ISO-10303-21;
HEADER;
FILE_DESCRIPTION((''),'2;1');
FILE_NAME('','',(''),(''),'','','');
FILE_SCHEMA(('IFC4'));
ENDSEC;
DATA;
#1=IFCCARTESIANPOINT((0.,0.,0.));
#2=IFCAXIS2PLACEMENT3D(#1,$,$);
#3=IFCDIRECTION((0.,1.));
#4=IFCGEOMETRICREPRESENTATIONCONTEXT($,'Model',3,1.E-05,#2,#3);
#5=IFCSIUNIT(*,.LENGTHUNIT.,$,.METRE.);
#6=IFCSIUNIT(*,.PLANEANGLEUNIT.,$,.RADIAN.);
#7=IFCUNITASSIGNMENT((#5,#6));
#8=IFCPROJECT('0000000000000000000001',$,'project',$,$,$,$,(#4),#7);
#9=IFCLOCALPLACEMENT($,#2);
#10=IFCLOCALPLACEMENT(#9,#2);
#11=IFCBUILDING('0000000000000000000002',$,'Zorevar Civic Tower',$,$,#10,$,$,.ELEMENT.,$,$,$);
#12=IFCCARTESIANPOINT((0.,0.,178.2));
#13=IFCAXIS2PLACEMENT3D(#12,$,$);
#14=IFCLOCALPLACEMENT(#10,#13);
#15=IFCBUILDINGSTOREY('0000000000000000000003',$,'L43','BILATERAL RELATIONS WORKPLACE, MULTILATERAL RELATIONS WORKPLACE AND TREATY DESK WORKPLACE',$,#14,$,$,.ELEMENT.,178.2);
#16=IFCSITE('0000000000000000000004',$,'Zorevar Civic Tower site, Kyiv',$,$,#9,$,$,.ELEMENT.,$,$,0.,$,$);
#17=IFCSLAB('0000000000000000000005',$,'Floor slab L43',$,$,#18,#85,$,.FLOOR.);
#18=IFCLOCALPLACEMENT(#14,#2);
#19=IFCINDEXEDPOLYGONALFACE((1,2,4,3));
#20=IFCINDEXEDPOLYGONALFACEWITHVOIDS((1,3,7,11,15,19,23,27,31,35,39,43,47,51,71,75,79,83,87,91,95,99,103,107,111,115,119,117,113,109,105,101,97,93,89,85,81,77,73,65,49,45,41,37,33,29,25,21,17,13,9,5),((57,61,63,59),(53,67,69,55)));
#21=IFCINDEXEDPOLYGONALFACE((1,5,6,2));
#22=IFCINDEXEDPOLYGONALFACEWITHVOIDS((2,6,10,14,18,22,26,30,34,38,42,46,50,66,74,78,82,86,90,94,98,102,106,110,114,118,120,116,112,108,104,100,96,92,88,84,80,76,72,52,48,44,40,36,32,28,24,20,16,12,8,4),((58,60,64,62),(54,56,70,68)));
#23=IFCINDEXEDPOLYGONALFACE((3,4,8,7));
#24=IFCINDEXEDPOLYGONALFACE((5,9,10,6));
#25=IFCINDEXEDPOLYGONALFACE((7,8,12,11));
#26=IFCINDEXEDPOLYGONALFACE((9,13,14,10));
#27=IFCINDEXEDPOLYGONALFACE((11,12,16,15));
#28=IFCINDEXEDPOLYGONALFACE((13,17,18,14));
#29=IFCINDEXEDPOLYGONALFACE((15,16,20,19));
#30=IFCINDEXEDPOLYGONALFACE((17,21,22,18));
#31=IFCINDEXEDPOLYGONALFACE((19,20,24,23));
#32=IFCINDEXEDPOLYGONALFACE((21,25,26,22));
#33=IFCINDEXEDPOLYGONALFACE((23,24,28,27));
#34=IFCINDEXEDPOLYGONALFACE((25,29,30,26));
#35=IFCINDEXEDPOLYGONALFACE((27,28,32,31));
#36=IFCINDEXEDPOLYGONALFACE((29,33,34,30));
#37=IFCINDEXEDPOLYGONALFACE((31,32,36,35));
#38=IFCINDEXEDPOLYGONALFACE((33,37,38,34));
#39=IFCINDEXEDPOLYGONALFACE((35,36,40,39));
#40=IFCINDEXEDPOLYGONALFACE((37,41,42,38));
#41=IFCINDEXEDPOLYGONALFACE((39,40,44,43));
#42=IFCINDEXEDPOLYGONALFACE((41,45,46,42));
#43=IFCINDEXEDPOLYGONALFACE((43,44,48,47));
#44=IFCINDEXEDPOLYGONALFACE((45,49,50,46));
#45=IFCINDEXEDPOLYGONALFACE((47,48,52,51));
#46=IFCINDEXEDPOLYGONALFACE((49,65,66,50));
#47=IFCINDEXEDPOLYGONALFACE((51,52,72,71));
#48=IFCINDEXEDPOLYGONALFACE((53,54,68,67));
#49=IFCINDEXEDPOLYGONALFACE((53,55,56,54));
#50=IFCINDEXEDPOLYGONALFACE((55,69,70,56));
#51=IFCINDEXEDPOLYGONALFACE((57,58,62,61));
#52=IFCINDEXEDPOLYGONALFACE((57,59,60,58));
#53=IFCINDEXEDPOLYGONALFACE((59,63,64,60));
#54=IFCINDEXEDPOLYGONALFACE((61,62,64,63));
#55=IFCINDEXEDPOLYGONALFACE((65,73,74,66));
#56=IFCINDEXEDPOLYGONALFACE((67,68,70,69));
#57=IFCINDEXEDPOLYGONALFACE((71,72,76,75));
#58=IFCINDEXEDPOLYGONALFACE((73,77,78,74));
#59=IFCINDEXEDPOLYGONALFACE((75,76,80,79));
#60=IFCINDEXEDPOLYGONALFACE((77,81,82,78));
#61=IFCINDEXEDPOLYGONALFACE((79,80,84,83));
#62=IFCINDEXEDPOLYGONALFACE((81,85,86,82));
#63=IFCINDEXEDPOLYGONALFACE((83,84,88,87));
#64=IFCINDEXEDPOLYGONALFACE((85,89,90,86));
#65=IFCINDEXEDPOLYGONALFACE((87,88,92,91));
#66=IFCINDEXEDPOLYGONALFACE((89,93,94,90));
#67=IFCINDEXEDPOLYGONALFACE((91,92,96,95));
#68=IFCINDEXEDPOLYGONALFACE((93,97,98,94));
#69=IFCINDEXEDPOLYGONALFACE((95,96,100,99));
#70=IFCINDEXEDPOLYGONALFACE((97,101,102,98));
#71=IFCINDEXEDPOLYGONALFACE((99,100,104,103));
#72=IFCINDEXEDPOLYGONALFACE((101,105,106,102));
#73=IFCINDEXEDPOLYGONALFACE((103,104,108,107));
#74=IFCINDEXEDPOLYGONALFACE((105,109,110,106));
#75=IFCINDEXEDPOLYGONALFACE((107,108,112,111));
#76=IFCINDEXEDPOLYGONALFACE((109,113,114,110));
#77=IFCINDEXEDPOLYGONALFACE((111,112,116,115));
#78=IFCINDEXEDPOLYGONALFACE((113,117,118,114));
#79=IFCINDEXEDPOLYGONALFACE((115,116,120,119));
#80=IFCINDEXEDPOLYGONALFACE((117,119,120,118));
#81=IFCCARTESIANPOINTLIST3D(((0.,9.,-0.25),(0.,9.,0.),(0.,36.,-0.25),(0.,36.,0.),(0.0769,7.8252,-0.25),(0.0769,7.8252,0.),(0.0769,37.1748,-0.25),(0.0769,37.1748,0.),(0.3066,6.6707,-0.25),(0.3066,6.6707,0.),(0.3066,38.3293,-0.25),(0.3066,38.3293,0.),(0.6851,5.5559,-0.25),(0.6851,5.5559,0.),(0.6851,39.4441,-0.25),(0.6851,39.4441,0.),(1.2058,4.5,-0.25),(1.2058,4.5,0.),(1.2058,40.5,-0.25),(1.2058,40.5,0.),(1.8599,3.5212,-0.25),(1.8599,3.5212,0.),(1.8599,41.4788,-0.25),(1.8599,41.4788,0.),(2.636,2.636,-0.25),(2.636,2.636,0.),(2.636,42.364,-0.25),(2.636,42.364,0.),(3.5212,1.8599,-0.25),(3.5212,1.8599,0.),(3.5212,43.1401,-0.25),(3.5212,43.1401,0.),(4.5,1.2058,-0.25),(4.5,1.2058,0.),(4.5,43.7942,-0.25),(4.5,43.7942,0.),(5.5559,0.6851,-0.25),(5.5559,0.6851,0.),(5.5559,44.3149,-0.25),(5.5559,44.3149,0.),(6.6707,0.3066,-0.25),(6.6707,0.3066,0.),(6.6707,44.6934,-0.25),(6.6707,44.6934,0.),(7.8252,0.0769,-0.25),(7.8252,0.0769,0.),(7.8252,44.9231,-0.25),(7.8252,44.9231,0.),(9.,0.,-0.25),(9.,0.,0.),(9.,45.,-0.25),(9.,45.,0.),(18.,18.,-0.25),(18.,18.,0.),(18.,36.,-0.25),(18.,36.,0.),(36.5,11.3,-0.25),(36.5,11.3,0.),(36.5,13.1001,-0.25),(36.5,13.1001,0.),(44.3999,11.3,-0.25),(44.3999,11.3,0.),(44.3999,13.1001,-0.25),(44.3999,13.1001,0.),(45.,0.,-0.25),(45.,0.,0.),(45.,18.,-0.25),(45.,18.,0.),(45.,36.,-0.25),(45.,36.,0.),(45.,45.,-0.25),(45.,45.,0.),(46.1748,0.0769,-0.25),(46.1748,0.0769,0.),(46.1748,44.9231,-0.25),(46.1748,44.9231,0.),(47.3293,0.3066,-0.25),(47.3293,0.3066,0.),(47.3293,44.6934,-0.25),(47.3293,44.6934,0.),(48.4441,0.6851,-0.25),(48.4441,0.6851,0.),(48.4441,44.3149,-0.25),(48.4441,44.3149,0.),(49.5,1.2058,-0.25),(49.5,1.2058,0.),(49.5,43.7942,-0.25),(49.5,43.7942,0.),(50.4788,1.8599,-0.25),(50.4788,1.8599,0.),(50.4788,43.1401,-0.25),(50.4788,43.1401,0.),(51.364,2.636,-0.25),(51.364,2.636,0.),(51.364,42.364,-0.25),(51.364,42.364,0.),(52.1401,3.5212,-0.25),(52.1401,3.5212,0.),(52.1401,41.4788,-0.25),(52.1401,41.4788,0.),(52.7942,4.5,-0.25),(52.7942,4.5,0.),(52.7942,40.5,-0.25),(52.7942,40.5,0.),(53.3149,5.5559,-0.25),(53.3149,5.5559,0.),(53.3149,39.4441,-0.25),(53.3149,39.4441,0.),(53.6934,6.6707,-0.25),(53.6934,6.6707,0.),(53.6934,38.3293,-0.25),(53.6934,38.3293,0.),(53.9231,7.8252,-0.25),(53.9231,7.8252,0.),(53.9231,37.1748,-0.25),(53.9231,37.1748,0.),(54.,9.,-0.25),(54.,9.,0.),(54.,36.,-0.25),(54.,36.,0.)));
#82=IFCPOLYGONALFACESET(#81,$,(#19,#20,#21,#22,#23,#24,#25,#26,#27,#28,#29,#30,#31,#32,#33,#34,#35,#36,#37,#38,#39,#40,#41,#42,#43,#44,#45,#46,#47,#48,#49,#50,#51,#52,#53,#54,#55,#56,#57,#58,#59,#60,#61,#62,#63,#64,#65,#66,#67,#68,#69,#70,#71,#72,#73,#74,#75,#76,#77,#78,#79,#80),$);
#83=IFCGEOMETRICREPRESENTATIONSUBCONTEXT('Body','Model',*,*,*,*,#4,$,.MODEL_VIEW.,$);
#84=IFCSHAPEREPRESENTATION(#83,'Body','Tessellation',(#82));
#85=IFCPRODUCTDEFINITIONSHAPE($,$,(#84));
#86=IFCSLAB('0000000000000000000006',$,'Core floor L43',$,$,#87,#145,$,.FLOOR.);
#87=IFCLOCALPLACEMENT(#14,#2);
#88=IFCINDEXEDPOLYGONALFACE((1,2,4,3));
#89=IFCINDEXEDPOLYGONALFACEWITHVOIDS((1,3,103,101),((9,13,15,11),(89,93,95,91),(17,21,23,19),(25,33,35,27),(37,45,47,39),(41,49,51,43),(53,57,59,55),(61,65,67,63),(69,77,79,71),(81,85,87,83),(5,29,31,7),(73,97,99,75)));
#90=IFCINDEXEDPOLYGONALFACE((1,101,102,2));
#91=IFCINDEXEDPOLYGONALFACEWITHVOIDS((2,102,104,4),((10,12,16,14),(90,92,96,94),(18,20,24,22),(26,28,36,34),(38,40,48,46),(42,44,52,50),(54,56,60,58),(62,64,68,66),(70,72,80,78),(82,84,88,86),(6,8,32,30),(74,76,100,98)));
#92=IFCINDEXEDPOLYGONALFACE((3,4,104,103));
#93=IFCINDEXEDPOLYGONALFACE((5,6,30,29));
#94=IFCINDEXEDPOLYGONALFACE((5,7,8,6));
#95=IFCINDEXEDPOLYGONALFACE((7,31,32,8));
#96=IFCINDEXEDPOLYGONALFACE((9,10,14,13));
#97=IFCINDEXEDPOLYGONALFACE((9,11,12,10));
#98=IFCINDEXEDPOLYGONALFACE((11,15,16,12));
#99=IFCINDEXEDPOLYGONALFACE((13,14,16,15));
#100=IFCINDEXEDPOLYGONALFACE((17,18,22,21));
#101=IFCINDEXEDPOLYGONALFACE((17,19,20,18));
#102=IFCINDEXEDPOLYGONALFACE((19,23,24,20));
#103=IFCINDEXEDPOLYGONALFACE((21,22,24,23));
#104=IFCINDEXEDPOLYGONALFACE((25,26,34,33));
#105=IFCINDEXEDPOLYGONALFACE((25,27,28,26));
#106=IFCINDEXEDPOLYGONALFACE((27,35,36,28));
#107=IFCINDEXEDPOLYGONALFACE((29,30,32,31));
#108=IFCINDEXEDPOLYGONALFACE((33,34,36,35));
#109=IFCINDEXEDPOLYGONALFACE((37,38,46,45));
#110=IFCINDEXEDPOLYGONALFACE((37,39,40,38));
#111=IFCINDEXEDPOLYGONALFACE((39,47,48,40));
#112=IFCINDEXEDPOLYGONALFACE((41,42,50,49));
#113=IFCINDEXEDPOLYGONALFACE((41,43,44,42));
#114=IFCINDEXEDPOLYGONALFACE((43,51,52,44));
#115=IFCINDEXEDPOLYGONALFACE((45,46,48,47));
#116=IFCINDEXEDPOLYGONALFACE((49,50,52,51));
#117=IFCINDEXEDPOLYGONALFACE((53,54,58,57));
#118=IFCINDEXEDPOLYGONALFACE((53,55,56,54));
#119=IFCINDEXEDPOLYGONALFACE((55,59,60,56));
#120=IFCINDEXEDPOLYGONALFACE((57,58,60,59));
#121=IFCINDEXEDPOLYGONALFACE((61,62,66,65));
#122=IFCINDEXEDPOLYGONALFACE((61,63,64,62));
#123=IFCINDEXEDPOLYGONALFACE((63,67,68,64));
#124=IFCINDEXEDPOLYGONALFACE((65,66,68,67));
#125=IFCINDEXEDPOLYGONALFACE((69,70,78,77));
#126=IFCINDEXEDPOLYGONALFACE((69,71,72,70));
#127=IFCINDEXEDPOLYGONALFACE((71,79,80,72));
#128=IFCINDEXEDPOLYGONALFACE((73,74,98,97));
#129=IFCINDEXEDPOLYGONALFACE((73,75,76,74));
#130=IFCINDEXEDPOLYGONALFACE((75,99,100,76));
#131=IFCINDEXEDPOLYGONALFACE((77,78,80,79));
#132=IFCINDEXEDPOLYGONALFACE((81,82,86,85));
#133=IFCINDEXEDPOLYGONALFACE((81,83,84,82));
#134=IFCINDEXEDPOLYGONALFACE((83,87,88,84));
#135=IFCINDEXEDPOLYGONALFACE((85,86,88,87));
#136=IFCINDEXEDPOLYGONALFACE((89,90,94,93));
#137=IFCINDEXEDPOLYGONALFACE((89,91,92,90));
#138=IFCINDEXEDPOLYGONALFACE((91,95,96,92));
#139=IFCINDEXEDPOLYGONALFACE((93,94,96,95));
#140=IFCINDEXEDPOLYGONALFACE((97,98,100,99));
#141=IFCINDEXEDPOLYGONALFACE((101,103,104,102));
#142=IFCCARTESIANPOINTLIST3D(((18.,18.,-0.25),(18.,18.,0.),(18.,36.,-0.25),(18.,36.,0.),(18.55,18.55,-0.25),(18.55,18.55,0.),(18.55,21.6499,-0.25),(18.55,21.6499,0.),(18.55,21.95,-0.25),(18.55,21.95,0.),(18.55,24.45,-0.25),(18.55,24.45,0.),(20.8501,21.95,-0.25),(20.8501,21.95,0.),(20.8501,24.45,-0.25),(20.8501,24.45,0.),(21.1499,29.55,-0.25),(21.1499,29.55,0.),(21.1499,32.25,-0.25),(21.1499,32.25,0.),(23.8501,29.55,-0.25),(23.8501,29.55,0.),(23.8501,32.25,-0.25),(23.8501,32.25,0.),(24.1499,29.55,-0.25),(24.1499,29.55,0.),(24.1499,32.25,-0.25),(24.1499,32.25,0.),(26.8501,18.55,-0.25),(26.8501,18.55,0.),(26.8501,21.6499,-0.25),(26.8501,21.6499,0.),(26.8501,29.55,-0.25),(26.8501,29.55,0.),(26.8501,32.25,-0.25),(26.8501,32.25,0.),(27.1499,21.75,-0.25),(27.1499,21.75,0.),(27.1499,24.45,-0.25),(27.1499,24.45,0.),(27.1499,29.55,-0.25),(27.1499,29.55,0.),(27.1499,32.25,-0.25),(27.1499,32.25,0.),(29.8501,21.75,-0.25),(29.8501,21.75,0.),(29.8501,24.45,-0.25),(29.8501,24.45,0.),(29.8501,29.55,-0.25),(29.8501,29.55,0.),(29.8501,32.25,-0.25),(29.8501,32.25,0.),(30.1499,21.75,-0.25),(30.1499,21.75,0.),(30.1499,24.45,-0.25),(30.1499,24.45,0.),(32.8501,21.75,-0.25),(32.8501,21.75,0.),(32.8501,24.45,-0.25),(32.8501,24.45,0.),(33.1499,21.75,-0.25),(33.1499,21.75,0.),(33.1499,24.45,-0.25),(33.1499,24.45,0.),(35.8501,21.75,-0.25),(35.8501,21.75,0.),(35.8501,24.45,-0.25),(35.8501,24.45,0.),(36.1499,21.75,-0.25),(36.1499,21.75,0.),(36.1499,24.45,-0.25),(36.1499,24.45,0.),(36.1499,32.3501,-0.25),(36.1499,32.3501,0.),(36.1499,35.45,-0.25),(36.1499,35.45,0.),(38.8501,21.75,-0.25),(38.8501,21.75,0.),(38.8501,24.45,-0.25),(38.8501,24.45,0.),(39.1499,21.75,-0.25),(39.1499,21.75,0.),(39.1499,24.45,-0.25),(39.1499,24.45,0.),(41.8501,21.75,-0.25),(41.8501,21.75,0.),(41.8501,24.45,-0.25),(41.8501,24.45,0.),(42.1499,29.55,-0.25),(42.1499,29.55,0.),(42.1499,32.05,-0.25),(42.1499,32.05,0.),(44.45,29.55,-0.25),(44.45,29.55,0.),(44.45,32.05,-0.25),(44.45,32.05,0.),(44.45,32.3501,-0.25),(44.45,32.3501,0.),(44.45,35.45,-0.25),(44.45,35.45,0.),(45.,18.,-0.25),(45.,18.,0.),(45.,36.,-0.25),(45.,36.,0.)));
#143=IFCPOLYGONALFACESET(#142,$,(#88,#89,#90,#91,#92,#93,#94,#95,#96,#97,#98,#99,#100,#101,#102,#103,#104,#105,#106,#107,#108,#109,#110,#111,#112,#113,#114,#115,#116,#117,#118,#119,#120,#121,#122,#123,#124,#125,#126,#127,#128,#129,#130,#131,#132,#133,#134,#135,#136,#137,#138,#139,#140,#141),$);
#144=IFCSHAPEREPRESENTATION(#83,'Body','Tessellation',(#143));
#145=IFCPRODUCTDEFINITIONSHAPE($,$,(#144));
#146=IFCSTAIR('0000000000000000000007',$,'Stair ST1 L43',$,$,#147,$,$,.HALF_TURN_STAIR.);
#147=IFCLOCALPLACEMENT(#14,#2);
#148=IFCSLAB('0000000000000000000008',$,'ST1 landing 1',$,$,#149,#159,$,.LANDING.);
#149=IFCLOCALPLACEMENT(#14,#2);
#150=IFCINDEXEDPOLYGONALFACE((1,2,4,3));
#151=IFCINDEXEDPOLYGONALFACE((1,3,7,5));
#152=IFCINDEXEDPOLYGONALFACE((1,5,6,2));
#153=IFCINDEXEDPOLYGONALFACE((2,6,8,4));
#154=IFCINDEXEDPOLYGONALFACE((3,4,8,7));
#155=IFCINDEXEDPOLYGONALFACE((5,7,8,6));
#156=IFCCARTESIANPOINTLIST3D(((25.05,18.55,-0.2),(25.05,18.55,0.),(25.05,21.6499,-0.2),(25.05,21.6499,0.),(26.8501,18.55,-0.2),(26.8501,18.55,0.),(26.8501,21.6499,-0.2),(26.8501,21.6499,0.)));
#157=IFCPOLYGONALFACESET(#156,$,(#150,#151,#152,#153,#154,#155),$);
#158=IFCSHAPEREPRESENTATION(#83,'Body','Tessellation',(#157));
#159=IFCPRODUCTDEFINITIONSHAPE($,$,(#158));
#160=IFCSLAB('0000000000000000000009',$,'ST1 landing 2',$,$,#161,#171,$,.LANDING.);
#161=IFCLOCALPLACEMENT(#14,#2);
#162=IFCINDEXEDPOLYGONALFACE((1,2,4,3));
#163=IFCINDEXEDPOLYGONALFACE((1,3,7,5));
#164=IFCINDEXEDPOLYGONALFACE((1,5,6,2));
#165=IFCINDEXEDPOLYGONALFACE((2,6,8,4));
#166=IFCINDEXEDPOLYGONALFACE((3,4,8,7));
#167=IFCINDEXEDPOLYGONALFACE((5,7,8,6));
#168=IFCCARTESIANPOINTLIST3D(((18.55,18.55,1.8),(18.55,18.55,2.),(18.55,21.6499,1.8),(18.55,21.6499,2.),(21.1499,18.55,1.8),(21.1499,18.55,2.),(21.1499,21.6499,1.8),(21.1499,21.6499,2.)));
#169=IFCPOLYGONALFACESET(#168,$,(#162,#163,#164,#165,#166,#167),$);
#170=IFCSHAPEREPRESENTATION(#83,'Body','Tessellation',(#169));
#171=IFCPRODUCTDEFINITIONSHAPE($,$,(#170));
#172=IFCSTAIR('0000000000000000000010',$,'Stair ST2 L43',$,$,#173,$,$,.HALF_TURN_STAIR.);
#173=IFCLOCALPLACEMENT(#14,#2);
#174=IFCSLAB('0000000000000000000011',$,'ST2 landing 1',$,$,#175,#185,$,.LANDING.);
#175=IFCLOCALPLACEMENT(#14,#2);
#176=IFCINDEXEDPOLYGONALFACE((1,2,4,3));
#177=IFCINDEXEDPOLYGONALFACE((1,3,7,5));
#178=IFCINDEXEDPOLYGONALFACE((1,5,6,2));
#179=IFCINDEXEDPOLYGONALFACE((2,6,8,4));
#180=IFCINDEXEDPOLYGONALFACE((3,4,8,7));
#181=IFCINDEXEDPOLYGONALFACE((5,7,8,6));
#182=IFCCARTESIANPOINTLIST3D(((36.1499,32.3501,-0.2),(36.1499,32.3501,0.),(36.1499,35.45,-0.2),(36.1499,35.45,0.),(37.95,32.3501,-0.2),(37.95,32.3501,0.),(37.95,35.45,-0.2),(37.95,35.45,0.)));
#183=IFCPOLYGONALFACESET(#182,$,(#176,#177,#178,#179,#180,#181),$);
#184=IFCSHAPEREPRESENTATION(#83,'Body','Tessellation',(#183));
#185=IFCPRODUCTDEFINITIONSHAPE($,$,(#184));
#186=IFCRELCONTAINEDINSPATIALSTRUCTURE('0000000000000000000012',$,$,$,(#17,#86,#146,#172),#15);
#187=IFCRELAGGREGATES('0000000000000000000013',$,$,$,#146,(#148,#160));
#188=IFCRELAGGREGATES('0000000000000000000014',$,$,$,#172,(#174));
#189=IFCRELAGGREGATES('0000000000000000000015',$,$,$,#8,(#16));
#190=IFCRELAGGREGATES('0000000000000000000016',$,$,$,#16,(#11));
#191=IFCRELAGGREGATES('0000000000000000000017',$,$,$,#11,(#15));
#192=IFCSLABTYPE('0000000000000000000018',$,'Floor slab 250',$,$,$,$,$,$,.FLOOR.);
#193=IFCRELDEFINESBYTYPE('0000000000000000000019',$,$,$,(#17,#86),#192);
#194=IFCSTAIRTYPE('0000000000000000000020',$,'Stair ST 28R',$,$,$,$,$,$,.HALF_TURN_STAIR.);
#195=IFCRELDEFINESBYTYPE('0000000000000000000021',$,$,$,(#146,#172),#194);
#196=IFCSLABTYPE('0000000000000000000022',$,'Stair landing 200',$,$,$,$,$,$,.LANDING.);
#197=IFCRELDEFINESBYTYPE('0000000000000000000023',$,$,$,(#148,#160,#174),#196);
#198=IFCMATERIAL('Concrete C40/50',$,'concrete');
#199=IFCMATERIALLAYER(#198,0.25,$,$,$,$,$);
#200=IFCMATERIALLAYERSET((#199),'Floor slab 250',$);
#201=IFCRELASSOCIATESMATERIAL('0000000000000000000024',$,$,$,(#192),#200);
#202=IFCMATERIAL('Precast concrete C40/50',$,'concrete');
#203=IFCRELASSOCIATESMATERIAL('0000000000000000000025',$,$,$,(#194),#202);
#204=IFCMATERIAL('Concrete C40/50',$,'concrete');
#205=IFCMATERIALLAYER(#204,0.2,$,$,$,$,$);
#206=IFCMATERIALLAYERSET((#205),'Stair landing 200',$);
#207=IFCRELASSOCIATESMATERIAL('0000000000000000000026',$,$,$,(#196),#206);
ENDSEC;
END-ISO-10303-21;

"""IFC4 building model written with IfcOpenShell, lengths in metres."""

from ifc_helpers import new_model, si_unit, direction, frame, origin, place, context, subcontext, project, spatial, polyline, outline, extrude, material, layer, layer_set, type_object, element, aggregate, save


model = new_model("IFC4")

# Units and contexts
model_context = context("Model", 3, precision=1e-05, world=origin(), true_north=direction((0.0, 1.0)))
body_context = subcontext(model_context, "Body", "Model", "MODEL_VIEW")
ifc_project = project(units=[si_unit("LENGTHUNIT", "METRE"), si_unit("PLANEANGLEUNIT", "RADIAN")], contexts=[model_context])

# Site, building, storey
site_placement = place(None, origin())
site = spatial("IfcSite", under=ifc_project, at=site_placement, Name="Zorevar Civic Tower site, Kyiv", CompositionType="ELEMENT", RefElevation=0.0)
building_placement = place(site_placement, origin())
building = spatial("IfcBuilding", under=site, at=building_placement, Name="Zorevar Civic Tower", CompositionType="ELEMENT")
storey_placement = place(building_placement, frame((0.0, 0.0, 178.2)))
storey = spatial("IfcBuildingStorey", under=building, at=storey_placement, Name="L43", Description="BILATERAL RELATIONS WORKPLACE, MULTILATERAL RELATIONS WORKPLACE AND TREATY DESK WORKPLACE", CompositionType="ELEMENT", Elevation=178.2)

# Slabs
ifc_material_1 = material(Name="Concrete C40/50", Category="concrete")
ifc_layer_1 = layer(ifc_material_1, 0.25)
ifc_layer_set_1 = layer_set([ifc_layer_1], Name="Floor slab 250")
slab_type_1 = type_object("IfcSlabType", Name="Floor slab 250", PredefinedType="FLOOR", material=ifc_layer_set_1)
slab_1_placement = place(storey_placement, frame((0.0, 0.0, -0.25)))
element("IfcSlab", 1, at=slab_1_placement, inside=storey, type_object=slab_type_1, Name="Floor slab L43", PredefinedType="FLOOR", context=body_context, shape_type="SweptSolid", body=[
    extrude(outline(polyline([(45.0, 0.0), (46.1748, 0.0769), (47.3293, 0.3066), (48.4441, 0.6851), (49.5, 1.2058), (50.4788, 1.8599), (51.364, 2.636), (52.1401, 3.5212), (52.7942, 4.5), (53.3149, 5.5559), (53.6934, 6.6707), (53.9231, 7.8252), (54.0, 9.0), (54.0, 36.0), (53.9231, 37.1748), (53.6934, 38.3293), (53.3149, 39.4441), (52.7942, 40.5), (52.1401, 41.4788), (51.364, 42.364), (50.4788, 43.1401), (49.5, 43.7942), (48.4441, 44.3149), (47.3293, 44.6934), (46.1748, 44.9231), (45.0, 45.0), (9.0, 45.0), (7.8252, 44.9231), (6.6707, 44.6934), (5.5559, 44.3149), (4.5, 43.7942), (3.5212, 43.1401), (2.636, 42.364), (1.8599, 41.4788), (1.2058, 40.5), (0.6851, 39.4441), (0.3066, 38.3293), (0.0769, 37.1748), (0.0, 36.0), (0.0, 9.0), (0.0769, 7.8252), (0.3066, 6.6707), (0.6851, 5.5559), (1.2058, 4.5), (1.8599, 3.5212), (2.636, 2.636), (3.5212, 1.8599), (4.5, 1.2058), (5.5559, 0.6851), (6.6707, 0.3066), (7.8252, 0.0769), (9.0, 0.0), (45.0, 0.0)]), holes=[polyline([(18.0, 18.0), (45.0, 18.0), (45.0, 36.0), (18.0, 36.0), (18.0, 18.0)]), polyline([(36.5, 11.3), (44.3999, 11.3), (44.3999, 13.1001), (36.5, 13.1001), (36.5, 11.3)])]), origin(), (0.0, 0.0, 1.0), 0.25),
])
slab_2_placement = place(storey_placement, frame((0.0, 0.0, -0.25)))
element("IfcSlab", 2, at=slab_2_placement, inside=storey, type_object=slab_type_1, Name="Core floor L43", PredefinedType="FLOOR", context=body_context, shape_type="SweptSolid", body=[
    extrude(outline(polyline([(18.0, 18.0), (45.0, 18.0), (45.0, 36.0), (18.0, 36.0), (18.0, 18.0)]), holes=[polyline([(18.55, 18.55), (26.8501, 18.55), (26.8501, 21.6499), (18.55, 21.6499), (18.55, 18.55)]), polyline([(36.1499, 32.3501), (44.45, 32.3501), (44.45, 35.45), (36.1499, 35.45), (36.1499, 32.3501)]), polyline([(18.55, 21.95), (20.8501, 21.95), (20.8501, 24.45), (18.55, 24.45), (18.55, 21.95)]), polyline([(42.1499, 29.55), (44.45, 29.55), (44.45, 32.05), (42.1499, 32.05), (42.1499, 29.55)]), polyline([(27.1499, 21.75), (29.8501, 21.75), (29.8501, 24.45), (27.1499, 24.45), (27.1499, 21.75)]), polyline([(30.1499, 21.75), (32.8501, 21.75), (32.8501, 24.45), (30.1499, 24.45), (30.1499, 21.75)]), polyline([(33.1499, 21.75), (35.8501, 21.75), (35.8501, 24.45), (33.1499, 24.45), (33.1499, 21.75)]), polyline([(27.1499, 29.55), (29.8501, 29.55), (29.8501, 32.25), (27.1499, 32.25), (27.1499, 29.55)]), polyline([(36.1499, 21.75), (38.8501, 21.75), (38.8501, 24.45), (36.1499, 24.45), (36.1499, 21.75)]), polyline([(24.1499, 29.55), (26.8501, 29.55), (26.8501, 32.25), (24.1499, 32.25), (24.1499, 29.55)]), polyline([(39.1499, 21.75), (41.8501, 21.75), (41.8501, 24.45), (39.1499, 24.45), (39.1499, 21.75)]), polyline([(21.1499, 29.55), (23.8501, 29.55), (23.8501, 32.25), (21.1499, 32.25), (21.1499, 29.55)])]), origin(), (0.0, 0.0, 1.0), 0.25),
])

# Stairs, slabs
ifc_material_2 = material(Name="Precast concrete C40/50", Category="concrete")
stair_type = type_object("IfcStairType", Name="Stair ST 28R", PredefinedType="HALF_TURN_STAIR", material=ifc_material_2)
stair_1_placement = place(storey_placement, origin())
stair_1 = element("IfcStair", 3, at=stair_1_placement, inside=storey, type_object=stair_type, Name="Stair ST1 L43", PredefinedType="HALF_TURN_STAIR")
ifc_material_3 = material(Name="Concrete C40/50", Category="concrete")
ifc_layer_2 = layer(ifc_material_3, 0.2)
ifc_layer_set_2 = layer_set([ifc_layer_2], Name="Stair landing 200")
slab_type_2 = type_object("IfcSlabType", Name="Stair landing 200", PredefinedType="LANDING", material=ifc_layer_set_2)
slab_3_placement = place(storey_placement, frame((0.0, 0.0, -0.2)))
slab_3 = element("IfcSlab", 4, at=slab_3_placement, type_object=slab_type_2, Name="ST1 landing 1", PredefinedType="LANDING", context=body_context, shape_type="SweptSolid", body=[
    extrude(outline(polyline([(25.05, 18.55), (26.8501, 18.55), (26.8501, 21.6499), (25.05, 21.6499), (25.05, 18.55)])), origin(), (0.0, 0.0, 1.0), 0.2),
])
slab_4_placement = place(storey_placement, frame((0.0, 0.0, 1.8)))
slab_4 = element("IfcSlab", 5, at=slab_4_placement, type_object=slab_type_2, Name="ST1 landing 2", PredefinedType="LANDING", context=body_context, shape_type="SweptSolid", body=[
    extrude(outline(polyline([(18.55, 18.55), (21.1499, 18.55), (21.1499, 21.6499), (18.55, 21.6499), (18.55, 18.55)])), origin(), (0.0, 0.0, 1.0), 0.2),
])
aggregate(stair_1, [slab_3, slab_4])
stair_2_placement = place(storey_placement, origin())
stair_2 = element("IfcStair", 6, at=stair_2_placement, inside=storey, type_object=stair_type, Name="Stair ST2 L43", PredefinedType="HALF_TURN_STAIR")
slab_5_placement = place(storey_placement, frame((0.0, 0.0, -0.2)))
slab_5 = element("IfcSlab", 7, at=slab_5_placement, type_object=slab_type_2, Name="ST2 landing 1", PredefinedType="LANDING", context=body_context, shape_type="SweptSolid", body=[
    extrude(outline(polyline([(37.95, 32.3501), (36.1499, 32.3501), (36.1499, 35.45), (37.95, 35.45), (37.95, 32.3501)])), origin(), (0.0, 0.0, 1.0), 0.2),
])
aggregate(stair_2, [slab_5])

save(model, "model.ifc")
